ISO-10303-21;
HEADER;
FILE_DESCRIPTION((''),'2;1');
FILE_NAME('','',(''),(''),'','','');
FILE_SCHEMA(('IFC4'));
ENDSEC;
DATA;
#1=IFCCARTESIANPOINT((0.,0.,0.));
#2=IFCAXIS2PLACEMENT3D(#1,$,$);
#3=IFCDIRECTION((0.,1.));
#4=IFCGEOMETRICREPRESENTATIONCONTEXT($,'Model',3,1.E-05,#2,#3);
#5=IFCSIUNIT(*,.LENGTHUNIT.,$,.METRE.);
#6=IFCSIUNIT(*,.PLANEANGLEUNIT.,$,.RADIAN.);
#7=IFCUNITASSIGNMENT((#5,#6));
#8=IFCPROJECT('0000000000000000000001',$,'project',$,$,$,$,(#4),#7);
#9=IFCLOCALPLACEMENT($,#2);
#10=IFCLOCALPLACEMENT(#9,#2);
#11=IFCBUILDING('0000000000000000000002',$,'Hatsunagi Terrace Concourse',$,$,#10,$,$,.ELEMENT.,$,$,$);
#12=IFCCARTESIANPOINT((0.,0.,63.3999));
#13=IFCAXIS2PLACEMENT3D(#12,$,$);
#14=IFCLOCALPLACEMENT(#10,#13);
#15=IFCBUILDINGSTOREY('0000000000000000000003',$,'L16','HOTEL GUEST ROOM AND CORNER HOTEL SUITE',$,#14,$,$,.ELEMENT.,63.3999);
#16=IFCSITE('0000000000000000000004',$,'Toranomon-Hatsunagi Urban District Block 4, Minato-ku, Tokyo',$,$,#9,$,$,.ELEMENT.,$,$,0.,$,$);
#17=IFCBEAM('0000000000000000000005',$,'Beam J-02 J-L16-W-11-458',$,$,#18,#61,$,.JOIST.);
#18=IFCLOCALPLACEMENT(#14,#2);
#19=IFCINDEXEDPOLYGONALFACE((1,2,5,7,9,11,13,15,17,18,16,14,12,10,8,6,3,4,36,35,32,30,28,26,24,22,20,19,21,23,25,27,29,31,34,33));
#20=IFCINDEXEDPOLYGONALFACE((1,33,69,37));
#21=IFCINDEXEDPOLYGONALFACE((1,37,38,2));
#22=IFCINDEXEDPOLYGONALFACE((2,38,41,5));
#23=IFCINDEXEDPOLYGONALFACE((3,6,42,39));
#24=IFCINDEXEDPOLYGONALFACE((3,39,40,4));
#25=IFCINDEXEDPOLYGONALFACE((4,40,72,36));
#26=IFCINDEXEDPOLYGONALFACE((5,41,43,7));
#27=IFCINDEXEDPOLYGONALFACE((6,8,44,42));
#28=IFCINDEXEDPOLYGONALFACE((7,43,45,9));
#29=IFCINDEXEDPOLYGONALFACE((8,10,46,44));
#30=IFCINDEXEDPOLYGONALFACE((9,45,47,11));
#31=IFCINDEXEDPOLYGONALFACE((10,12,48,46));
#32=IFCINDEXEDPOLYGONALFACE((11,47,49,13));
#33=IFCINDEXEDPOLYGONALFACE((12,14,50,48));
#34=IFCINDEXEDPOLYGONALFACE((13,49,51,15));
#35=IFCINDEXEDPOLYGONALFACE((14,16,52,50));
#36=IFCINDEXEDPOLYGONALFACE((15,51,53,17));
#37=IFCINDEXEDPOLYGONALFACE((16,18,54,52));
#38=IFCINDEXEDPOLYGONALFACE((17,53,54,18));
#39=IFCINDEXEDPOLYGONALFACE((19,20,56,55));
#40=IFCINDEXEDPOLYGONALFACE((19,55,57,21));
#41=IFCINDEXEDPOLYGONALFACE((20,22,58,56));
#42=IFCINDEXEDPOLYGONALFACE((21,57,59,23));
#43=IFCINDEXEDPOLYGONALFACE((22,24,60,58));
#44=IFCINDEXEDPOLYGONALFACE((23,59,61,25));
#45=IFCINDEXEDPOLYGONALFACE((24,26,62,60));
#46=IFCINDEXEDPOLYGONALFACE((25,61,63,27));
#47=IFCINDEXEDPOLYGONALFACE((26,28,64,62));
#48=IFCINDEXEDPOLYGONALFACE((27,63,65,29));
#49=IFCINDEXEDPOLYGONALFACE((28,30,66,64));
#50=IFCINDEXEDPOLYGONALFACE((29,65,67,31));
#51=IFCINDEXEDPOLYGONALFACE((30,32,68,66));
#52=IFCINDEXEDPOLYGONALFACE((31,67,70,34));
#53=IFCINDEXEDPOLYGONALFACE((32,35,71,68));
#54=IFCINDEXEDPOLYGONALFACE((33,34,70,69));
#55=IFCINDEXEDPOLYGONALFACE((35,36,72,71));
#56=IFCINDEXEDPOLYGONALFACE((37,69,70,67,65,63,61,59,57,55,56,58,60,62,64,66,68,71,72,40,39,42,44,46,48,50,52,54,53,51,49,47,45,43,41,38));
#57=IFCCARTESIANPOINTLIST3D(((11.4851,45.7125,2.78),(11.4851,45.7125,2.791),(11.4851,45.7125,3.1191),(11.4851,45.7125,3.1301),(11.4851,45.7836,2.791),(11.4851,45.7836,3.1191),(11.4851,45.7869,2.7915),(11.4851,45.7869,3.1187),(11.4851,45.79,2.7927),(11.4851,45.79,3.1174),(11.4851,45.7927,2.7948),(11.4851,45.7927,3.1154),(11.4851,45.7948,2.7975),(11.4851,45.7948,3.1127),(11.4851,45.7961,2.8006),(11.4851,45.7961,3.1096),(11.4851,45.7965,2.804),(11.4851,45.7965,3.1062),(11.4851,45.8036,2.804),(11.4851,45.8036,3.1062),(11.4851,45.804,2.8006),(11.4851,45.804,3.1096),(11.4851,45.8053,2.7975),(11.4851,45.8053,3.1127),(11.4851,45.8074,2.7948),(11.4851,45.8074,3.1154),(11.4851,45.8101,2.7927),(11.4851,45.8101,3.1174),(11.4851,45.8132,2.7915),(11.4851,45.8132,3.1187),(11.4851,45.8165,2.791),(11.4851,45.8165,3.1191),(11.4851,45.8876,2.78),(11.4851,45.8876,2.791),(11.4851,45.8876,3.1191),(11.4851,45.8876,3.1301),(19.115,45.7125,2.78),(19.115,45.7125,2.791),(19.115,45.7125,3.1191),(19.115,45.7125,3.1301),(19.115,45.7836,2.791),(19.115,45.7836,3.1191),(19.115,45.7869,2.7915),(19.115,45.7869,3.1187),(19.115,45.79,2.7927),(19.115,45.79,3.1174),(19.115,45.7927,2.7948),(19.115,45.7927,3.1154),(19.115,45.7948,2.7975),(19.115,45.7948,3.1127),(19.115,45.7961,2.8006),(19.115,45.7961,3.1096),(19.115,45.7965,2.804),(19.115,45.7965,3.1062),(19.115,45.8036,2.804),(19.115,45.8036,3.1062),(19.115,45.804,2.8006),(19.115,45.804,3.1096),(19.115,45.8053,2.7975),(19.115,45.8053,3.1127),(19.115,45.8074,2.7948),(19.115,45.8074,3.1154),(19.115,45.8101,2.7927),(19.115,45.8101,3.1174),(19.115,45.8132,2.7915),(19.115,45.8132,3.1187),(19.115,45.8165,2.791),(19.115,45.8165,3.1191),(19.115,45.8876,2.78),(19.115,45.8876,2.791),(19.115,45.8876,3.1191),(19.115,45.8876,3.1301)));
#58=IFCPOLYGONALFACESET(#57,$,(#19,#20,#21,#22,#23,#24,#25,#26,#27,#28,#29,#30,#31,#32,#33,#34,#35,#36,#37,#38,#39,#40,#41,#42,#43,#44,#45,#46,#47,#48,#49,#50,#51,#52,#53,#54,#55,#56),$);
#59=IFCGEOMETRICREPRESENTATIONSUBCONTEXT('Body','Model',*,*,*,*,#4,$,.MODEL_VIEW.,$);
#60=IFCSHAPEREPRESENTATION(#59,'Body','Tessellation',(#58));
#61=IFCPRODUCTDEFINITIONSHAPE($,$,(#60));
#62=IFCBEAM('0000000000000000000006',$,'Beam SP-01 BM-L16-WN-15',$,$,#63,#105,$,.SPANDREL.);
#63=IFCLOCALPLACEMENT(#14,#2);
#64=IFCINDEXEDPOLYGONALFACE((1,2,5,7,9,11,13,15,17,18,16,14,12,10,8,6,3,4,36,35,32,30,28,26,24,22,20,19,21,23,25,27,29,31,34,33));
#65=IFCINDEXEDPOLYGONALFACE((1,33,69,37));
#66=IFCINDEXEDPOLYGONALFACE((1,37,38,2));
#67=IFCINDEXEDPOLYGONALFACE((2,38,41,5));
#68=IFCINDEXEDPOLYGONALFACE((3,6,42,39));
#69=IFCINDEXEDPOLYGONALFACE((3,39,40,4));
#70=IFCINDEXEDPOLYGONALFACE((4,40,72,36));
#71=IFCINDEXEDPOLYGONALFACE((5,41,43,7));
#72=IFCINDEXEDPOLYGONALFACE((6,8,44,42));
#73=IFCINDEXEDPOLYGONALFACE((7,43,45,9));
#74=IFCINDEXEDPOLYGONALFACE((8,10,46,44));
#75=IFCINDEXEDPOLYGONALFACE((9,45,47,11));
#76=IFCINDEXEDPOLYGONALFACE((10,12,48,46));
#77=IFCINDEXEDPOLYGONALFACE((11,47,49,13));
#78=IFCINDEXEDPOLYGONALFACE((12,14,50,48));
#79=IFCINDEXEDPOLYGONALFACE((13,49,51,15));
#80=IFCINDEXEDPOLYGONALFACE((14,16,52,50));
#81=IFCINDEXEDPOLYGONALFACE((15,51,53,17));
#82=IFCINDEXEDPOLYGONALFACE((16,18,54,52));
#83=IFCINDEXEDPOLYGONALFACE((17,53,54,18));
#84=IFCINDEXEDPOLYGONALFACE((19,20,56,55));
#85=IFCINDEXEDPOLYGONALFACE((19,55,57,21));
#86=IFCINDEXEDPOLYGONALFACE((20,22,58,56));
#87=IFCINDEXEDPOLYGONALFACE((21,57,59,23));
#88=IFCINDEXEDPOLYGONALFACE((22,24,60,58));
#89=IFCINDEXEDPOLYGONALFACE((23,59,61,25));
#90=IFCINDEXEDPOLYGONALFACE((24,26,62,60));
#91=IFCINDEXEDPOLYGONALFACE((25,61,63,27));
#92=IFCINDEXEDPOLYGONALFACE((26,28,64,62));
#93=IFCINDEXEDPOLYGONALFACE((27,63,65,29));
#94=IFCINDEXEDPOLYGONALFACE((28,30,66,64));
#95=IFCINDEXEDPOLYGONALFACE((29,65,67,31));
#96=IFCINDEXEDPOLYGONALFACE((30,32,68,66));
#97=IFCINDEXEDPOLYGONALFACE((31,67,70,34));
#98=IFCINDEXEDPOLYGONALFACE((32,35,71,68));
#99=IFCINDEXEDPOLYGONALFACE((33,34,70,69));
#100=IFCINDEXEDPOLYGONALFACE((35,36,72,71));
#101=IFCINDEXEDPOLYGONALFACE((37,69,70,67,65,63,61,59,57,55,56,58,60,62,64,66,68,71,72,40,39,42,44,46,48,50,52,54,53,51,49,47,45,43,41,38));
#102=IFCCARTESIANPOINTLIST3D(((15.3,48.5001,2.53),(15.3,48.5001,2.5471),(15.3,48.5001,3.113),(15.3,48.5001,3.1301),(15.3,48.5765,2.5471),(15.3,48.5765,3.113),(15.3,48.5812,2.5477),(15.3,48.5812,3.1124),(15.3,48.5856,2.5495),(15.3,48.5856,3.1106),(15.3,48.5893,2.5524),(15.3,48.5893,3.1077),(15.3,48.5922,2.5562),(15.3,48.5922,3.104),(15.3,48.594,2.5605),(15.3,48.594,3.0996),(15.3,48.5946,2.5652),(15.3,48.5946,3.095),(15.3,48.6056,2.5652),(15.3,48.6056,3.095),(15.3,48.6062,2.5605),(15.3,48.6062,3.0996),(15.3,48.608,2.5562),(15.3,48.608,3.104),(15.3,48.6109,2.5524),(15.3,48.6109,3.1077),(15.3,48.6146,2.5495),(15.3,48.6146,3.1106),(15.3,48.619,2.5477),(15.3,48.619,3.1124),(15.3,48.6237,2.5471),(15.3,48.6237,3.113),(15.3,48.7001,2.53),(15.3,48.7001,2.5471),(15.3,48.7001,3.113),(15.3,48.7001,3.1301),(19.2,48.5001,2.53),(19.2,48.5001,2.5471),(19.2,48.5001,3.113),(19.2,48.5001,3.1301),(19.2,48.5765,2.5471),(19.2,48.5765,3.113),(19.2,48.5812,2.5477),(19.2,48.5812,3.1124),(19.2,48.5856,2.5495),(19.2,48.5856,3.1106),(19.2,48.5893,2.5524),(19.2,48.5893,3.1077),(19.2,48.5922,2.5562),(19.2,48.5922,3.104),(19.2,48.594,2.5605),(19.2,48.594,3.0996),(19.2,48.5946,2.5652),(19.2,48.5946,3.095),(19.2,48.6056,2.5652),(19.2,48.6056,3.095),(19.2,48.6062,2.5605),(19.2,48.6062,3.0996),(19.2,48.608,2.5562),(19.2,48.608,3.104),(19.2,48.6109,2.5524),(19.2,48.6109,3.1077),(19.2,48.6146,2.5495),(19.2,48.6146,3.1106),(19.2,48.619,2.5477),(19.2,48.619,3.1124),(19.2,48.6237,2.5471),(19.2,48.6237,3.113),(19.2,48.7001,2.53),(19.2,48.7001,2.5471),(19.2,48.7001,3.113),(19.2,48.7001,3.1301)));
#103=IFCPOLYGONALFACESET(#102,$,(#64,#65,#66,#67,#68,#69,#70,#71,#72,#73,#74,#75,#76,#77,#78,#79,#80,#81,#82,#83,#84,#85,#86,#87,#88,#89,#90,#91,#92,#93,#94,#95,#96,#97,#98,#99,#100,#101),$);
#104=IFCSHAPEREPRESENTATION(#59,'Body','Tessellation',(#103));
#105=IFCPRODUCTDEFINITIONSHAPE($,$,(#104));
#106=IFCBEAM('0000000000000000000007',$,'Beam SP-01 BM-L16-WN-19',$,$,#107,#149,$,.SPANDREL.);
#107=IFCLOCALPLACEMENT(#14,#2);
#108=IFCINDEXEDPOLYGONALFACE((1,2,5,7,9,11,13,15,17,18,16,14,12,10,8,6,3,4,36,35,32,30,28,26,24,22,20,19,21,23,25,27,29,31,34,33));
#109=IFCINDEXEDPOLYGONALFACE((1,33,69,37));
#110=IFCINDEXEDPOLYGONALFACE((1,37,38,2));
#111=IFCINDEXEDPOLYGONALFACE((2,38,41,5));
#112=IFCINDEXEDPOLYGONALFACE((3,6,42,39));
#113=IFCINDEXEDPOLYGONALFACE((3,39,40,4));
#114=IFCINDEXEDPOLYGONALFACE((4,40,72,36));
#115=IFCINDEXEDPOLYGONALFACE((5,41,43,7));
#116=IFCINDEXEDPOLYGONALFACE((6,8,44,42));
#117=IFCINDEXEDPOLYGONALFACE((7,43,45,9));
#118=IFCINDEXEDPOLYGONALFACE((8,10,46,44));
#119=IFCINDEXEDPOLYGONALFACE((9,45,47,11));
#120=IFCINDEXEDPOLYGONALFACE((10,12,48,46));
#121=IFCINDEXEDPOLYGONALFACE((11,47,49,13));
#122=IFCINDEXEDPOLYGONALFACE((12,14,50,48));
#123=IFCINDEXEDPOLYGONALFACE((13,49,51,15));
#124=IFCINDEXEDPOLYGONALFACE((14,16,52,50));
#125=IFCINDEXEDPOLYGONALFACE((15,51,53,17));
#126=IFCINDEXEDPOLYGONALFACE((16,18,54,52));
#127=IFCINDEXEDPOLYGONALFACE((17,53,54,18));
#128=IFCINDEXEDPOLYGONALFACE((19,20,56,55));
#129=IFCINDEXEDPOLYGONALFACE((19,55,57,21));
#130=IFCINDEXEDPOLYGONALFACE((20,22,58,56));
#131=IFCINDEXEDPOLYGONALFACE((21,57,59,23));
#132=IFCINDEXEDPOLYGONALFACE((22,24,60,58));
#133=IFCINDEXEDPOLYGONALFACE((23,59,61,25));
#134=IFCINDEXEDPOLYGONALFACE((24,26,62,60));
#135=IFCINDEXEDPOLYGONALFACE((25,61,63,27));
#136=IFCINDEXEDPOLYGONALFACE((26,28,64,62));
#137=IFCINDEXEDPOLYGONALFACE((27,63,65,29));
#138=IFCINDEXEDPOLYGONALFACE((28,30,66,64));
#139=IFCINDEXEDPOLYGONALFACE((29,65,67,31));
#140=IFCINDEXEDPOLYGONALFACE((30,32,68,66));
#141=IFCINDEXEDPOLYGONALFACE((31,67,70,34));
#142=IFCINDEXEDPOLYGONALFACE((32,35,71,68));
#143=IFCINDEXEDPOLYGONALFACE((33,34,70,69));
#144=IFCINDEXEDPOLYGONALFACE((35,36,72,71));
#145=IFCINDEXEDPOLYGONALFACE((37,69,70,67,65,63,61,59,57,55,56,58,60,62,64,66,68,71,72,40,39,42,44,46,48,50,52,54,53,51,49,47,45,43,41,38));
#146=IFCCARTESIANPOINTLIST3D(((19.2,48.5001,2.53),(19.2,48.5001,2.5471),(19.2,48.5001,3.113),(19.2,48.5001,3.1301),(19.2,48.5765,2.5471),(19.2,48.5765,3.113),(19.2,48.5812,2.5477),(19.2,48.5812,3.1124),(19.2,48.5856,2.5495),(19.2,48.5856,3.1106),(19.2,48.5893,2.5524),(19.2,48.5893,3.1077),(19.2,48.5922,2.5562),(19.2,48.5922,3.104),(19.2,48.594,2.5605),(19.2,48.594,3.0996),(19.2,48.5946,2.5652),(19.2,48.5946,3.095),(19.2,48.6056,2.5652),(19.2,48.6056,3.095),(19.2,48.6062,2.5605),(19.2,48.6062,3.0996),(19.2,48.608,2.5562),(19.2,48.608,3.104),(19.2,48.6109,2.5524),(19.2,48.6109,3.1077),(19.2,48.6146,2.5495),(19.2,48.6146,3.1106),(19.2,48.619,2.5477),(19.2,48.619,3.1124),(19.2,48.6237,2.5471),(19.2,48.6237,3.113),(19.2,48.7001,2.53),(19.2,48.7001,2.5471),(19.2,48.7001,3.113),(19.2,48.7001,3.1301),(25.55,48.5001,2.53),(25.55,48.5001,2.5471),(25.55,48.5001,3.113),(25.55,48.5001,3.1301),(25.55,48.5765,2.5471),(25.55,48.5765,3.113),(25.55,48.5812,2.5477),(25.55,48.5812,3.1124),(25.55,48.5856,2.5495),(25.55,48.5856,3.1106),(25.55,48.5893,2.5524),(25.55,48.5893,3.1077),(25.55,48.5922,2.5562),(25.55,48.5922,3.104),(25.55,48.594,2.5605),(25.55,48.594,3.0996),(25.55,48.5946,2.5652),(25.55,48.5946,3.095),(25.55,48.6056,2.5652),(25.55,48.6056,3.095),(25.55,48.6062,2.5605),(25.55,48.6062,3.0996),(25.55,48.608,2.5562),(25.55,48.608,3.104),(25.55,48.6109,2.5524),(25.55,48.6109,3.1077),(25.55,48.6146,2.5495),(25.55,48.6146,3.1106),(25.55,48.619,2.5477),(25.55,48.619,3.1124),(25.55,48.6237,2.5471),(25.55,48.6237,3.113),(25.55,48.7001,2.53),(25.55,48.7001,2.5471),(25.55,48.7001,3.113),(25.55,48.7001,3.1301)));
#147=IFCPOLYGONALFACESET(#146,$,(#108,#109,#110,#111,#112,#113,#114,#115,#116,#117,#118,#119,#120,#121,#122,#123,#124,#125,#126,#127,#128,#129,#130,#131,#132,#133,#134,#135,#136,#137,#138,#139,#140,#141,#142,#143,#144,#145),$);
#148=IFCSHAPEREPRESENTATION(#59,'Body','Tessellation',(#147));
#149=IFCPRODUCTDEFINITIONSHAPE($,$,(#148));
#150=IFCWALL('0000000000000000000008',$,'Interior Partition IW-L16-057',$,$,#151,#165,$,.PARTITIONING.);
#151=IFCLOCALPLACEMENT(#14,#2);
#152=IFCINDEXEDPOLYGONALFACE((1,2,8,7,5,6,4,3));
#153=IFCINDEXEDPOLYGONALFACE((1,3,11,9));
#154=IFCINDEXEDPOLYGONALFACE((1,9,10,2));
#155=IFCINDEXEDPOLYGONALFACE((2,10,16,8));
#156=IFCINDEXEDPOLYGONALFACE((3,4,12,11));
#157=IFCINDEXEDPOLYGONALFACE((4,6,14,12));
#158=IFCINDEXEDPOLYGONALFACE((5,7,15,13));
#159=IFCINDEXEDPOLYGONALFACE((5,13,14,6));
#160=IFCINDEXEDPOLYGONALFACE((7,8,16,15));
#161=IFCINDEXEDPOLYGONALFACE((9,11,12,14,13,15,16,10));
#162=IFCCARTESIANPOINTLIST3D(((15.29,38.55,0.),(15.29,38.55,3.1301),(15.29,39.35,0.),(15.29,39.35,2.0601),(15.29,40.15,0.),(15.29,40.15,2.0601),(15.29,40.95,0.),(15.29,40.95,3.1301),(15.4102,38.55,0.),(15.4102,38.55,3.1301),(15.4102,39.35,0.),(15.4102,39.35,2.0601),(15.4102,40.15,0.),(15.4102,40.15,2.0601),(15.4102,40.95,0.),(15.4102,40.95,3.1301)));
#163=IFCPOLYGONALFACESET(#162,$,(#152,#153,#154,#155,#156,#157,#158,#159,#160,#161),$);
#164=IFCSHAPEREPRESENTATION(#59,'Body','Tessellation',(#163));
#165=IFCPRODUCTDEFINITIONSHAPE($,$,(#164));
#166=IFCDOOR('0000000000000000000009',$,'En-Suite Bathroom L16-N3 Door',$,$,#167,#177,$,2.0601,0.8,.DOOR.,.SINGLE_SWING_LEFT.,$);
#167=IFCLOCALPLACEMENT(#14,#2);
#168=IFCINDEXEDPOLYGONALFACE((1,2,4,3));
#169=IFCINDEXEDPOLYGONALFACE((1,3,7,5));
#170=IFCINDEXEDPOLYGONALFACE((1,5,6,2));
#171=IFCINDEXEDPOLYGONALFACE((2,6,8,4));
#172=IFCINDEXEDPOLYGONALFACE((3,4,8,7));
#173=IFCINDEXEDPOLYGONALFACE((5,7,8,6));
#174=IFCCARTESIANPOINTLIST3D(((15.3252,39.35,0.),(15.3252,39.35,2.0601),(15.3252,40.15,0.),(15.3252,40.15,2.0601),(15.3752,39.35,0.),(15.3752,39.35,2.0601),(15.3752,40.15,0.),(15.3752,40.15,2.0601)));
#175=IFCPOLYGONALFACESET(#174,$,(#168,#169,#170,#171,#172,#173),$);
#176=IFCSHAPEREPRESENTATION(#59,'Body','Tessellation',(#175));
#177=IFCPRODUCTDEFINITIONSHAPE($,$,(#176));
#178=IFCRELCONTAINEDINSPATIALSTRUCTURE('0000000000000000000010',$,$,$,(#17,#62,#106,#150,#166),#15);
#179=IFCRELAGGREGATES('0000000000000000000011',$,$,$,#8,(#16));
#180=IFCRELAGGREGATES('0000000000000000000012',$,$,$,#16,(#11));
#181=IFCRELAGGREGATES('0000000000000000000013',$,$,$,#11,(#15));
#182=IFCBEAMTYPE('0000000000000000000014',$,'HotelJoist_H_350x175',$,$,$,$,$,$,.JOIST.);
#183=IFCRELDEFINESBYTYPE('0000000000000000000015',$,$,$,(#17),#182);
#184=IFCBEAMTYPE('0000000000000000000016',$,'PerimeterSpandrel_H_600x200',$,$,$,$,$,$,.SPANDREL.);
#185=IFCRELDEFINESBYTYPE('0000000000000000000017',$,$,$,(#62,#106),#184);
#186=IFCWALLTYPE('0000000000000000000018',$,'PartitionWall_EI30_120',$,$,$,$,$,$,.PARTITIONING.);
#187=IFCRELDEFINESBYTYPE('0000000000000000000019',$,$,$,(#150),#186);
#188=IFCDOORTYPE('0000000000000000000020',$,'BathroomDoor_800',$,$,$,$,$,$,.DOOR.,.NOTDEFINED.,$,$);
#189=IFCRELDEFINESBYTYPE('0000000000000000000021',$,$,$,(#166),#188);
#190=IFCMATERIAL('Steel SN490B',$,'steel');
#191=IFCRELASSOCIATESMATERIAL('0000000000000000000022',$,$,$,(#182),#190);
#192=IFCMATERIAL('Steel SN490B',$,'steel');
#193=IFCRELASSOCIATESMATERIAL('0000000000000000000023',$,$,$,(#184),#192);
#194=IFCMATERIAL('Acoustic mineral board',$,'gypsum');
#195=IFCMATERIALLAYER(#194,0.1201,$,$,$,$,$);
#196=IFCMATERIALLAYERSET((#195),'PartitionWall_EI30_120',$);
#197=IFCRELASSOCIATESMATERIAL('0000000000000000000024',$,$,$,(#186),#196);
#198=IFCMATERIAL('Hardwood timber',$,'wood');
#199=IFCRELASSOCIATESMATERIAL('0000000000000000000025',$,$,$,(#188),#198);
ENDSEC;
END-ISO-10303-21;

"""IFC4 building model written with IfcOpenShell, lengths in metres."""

from ifc_helpers import new_model, si_unit, direction, frame, frame_2d, origin, origin_2d, place, context, subcontext, project, spatial, rectangle, i_section, extrude, material, layer, layer_set, material_profile, profile_set, type_object, element, fill, save


model = new_model("IFC4")

# Units and contexts
model_context = context("Model", 3, precision=1e-05, world=origin(), true_north=direction((0.0, 1.0)))
body_context = subcontext(model_context, "Body", "Model", "MODEL_VIEW")
ifc_project = project(units=[si_unit("LENGTHUNIT", "METRE"), si_unit("PLANEANGLEUNIT", "RADIAN")], contexts=[model_context])

# Site, building, storey
site_placement = place(None, origin())
site = spatial("IfcSite", under=ifc_project, at=site_placement, Name="Toranomon-Hatsunagi Urban District Block 4, Minato-ku, Tokyo", CompositionType="ELEMENT", RefElevation=0.0)
building_placement = place(site_placement, origin())
building = spatial("IfcBuilding", under=site, at=building_placement, Name="Hatsunagi Terrace Concourse", CompositionType="ELEMENT")
storey_placement = place(building_placement, frame((0.0, 0.0, 63.3999)))
storey = spatial("IfcBuildingStorey", under=building, at=storey_placement, Name="L16", Description="HOTEL GUEST ROOM AND CORNER HOTEL SUITE", CompositionType="ELEMENT", Elevation=63.3999)

# Beams
ifc_material_1 = material(Name="Steel SN490B", Category="steel")
ifc_material_profile_1 = material_profile(ifc_material_1, i_section(OverallWidth=0.175, OverallDepth=0.3501, WebThickness=0.0071, FlangeThickness=0.011, FilletRadius=0.0129, at=origin_2d()), Name="H-350x175x7x11")
ifc_profile_set_1 = profile_set([ifc_material_profile_1], Name="Steel SN490B")
beam_type_1 = type_object("IfcBeamType", Name="HotelJoist_H_350x175", PredefinedType="JOIST", material=ifc_profile_set_1)
for number, where, z_axis, x_axis, name in (
    (1, (11.4851, 45.8, 2.9551), (1.0, 0.0, 0.0), (0.0, 1.0, 0.0), "Beam J-02 J-L16-W-11-458"),
):
    element("IfcBeam", number, at=place(storey_placement, frame(where, z_axis=z_axis, x_axis=x_axis)), inside=storey, type_object=beam_type_1, Name=name, PredefinedType="JOIST", context=body_context, shape_type="SweptSolid", body=[
        extrude(i_section(OverallWidth=0.175, OverallDepth=0.3501, WebThickness=0.0071, FlangeThickness=0.011, FilletRadius=0.0129, at=origin_2d()), origin(), (0.0, 0.0, 1.0), 7.6299),
    ])
ifc_material_2 = material(Name="Steel SN490B", Category="steel")
ifc_material_profile_2 = material_profile(ifc_material_2, i_section(OverallWidth=0.2, OverallDepth=0.6001, WebThickness=0.011, FlangeThickness=0.0171, FilletRadius=0.0181, at=origin_2d()), Name="H-600x200x11x17")
ifc_profile_set_2 = profile_set([ifc_material_profile_2], Name="Steel SN490B")
beam_type_2 = type_object("IfcBeamType", Name="PerimeterSpandrel_H_600x200", PredefinedType="SPANDREL", material=ifc_profile_set_2)
beam_1_placement = place(storey_placement, frame((15.3, 48.6001, 2.8301), z_axis=(1.0, 0.0, 0.0), x_axis=(0.0, 1.0, 0.0)))
element("IfcBeam", 2, at=beam_1_placement, inside=storey, type_object=beam_type_2, Name="Beam SP-01 BM-L16-WN-15", PredefinedType="SPANDREL", context=body_context, shape_type="SweptSolid", body=[
    extrude(i_section(OverallWidth=0.2, OverallDepth=0.6001, WebThickness=0.011, FlangeThickness=0.0171, FilletRadius=0.0181, at=origin_2d()), origin(), (0.0, 0.0, 1.0), 3.8999),
])
beam_2_placement = place(storey_placement, frame((19.2, 48.6001, 2.8301), z_axis=(1.0, 0.0, 0.0), x_axis=(0.0, 1.0, 0.0)))
element("IfcBeam", 3, at=beam_2_placement, inside=storey, type_object=beam_type_2, Name="Beam SP-01 BM-L16-WN-19", PredefinedType="SPANDREL", context=body_context, shape_type="SweptSolid", body=[
    extrude(i_section(OverallWidth=0.2, OverallDepth=0.6001, WebThickness=0.011, FlangeThickness=0.0171, FilletRadius=0.0181, at=origin_2d()), origin(), (0.0, 0.0, 1.0), 6.3501),
])

# Wall, opening, door
ifc_material_3 = material(Name="Acoustic mineral board", Category="gypsum")
ifc_layer_1 = layer(ifc_material_3, 0.1201)
ifc_layer_set_1 = layer_set([ifc_layer_1], Name="PartitionWall_EI30_120")
wall_type_1 = type_object("IfcWallType", Name="PartitionWall_EI30_120", PredefinedType="PARTITIONING", material=ifc_layer_set_1)
wall_1_placement = place(storey_placement, frame((15.3501, 38.55, 0.0), z_axis=(0.0, 0.0, 1.0), x_axis=(0.0, 1.0, 0.0)))
wall_1 = element("IfcWall", 4, at=wall_1_placement, inside=storey, type_object=wall_type_1, Name="Interior Partition IW-L16-057", PredefinedType="PARTITIONING", context=body_context, shape_type="SweptSolid", body=[
    extrude(rectangle(XDim=2.3999, YDim=0.1201, at=frame_2d((1.2, 0.0))), origin(), (0.0, 0.0, 1.0), 3.1301),
])
opening_placement = place(wall_1_placement, frame((0.8, 0.0, 0.0)))
opening = element("IfcOpeningElement", 5, at=opening_placement, cuts=wall_1, PredefinedType="OPENING", context=body_context, shape_type="SweptSolid", body=[
    extrude(rectangle(XDim=0.8, YDim=2.0601, at=frame_2d((0.3999, 1.03))), frame((0.0, 0.0701, 0.0), z_axis=(0.0, -1.0, 0.0), x_axis=(1.0, 0.0, 0.0)), (0.0, 0.0, 1.0), 0.1401),
])
ifc_material_4 = material(Name="Hardwood timber", Category="wood")
door_type = type_object("IfcDoorType", Name="BathroomDoor_800", OperationType="NOTDEFINED", PredefinedType="DOOR", material=ifc_material_4)
door_placement = place(opening_placement, origin())
door = element("IfcDoor", 6, at=door_placement, inside=storey, type_object=door_type, Name="En-Suite Bathroom L16-N3 Door", OperationType="SINGLE_SWING_LEFT", OverallHeight=2.0601, OverallWidth=0.8, PredefinedType="DOOR", context=body_context, shape_type="SweptSolid", body=[
    extrude(rectangle(XDim=0.8, YDim=2.0601, at=frame_2d((0.3999, 1.03))), frame((0.0, 0.0249, 0.0), z_axis=(0.0, -1.0, 0.0), x_axis=(1.0, 0.0, 0.0)), (0.0, 0.0, 1.0), 0.05),
])
fill(opening, door)

save(model, "model.ifc")
